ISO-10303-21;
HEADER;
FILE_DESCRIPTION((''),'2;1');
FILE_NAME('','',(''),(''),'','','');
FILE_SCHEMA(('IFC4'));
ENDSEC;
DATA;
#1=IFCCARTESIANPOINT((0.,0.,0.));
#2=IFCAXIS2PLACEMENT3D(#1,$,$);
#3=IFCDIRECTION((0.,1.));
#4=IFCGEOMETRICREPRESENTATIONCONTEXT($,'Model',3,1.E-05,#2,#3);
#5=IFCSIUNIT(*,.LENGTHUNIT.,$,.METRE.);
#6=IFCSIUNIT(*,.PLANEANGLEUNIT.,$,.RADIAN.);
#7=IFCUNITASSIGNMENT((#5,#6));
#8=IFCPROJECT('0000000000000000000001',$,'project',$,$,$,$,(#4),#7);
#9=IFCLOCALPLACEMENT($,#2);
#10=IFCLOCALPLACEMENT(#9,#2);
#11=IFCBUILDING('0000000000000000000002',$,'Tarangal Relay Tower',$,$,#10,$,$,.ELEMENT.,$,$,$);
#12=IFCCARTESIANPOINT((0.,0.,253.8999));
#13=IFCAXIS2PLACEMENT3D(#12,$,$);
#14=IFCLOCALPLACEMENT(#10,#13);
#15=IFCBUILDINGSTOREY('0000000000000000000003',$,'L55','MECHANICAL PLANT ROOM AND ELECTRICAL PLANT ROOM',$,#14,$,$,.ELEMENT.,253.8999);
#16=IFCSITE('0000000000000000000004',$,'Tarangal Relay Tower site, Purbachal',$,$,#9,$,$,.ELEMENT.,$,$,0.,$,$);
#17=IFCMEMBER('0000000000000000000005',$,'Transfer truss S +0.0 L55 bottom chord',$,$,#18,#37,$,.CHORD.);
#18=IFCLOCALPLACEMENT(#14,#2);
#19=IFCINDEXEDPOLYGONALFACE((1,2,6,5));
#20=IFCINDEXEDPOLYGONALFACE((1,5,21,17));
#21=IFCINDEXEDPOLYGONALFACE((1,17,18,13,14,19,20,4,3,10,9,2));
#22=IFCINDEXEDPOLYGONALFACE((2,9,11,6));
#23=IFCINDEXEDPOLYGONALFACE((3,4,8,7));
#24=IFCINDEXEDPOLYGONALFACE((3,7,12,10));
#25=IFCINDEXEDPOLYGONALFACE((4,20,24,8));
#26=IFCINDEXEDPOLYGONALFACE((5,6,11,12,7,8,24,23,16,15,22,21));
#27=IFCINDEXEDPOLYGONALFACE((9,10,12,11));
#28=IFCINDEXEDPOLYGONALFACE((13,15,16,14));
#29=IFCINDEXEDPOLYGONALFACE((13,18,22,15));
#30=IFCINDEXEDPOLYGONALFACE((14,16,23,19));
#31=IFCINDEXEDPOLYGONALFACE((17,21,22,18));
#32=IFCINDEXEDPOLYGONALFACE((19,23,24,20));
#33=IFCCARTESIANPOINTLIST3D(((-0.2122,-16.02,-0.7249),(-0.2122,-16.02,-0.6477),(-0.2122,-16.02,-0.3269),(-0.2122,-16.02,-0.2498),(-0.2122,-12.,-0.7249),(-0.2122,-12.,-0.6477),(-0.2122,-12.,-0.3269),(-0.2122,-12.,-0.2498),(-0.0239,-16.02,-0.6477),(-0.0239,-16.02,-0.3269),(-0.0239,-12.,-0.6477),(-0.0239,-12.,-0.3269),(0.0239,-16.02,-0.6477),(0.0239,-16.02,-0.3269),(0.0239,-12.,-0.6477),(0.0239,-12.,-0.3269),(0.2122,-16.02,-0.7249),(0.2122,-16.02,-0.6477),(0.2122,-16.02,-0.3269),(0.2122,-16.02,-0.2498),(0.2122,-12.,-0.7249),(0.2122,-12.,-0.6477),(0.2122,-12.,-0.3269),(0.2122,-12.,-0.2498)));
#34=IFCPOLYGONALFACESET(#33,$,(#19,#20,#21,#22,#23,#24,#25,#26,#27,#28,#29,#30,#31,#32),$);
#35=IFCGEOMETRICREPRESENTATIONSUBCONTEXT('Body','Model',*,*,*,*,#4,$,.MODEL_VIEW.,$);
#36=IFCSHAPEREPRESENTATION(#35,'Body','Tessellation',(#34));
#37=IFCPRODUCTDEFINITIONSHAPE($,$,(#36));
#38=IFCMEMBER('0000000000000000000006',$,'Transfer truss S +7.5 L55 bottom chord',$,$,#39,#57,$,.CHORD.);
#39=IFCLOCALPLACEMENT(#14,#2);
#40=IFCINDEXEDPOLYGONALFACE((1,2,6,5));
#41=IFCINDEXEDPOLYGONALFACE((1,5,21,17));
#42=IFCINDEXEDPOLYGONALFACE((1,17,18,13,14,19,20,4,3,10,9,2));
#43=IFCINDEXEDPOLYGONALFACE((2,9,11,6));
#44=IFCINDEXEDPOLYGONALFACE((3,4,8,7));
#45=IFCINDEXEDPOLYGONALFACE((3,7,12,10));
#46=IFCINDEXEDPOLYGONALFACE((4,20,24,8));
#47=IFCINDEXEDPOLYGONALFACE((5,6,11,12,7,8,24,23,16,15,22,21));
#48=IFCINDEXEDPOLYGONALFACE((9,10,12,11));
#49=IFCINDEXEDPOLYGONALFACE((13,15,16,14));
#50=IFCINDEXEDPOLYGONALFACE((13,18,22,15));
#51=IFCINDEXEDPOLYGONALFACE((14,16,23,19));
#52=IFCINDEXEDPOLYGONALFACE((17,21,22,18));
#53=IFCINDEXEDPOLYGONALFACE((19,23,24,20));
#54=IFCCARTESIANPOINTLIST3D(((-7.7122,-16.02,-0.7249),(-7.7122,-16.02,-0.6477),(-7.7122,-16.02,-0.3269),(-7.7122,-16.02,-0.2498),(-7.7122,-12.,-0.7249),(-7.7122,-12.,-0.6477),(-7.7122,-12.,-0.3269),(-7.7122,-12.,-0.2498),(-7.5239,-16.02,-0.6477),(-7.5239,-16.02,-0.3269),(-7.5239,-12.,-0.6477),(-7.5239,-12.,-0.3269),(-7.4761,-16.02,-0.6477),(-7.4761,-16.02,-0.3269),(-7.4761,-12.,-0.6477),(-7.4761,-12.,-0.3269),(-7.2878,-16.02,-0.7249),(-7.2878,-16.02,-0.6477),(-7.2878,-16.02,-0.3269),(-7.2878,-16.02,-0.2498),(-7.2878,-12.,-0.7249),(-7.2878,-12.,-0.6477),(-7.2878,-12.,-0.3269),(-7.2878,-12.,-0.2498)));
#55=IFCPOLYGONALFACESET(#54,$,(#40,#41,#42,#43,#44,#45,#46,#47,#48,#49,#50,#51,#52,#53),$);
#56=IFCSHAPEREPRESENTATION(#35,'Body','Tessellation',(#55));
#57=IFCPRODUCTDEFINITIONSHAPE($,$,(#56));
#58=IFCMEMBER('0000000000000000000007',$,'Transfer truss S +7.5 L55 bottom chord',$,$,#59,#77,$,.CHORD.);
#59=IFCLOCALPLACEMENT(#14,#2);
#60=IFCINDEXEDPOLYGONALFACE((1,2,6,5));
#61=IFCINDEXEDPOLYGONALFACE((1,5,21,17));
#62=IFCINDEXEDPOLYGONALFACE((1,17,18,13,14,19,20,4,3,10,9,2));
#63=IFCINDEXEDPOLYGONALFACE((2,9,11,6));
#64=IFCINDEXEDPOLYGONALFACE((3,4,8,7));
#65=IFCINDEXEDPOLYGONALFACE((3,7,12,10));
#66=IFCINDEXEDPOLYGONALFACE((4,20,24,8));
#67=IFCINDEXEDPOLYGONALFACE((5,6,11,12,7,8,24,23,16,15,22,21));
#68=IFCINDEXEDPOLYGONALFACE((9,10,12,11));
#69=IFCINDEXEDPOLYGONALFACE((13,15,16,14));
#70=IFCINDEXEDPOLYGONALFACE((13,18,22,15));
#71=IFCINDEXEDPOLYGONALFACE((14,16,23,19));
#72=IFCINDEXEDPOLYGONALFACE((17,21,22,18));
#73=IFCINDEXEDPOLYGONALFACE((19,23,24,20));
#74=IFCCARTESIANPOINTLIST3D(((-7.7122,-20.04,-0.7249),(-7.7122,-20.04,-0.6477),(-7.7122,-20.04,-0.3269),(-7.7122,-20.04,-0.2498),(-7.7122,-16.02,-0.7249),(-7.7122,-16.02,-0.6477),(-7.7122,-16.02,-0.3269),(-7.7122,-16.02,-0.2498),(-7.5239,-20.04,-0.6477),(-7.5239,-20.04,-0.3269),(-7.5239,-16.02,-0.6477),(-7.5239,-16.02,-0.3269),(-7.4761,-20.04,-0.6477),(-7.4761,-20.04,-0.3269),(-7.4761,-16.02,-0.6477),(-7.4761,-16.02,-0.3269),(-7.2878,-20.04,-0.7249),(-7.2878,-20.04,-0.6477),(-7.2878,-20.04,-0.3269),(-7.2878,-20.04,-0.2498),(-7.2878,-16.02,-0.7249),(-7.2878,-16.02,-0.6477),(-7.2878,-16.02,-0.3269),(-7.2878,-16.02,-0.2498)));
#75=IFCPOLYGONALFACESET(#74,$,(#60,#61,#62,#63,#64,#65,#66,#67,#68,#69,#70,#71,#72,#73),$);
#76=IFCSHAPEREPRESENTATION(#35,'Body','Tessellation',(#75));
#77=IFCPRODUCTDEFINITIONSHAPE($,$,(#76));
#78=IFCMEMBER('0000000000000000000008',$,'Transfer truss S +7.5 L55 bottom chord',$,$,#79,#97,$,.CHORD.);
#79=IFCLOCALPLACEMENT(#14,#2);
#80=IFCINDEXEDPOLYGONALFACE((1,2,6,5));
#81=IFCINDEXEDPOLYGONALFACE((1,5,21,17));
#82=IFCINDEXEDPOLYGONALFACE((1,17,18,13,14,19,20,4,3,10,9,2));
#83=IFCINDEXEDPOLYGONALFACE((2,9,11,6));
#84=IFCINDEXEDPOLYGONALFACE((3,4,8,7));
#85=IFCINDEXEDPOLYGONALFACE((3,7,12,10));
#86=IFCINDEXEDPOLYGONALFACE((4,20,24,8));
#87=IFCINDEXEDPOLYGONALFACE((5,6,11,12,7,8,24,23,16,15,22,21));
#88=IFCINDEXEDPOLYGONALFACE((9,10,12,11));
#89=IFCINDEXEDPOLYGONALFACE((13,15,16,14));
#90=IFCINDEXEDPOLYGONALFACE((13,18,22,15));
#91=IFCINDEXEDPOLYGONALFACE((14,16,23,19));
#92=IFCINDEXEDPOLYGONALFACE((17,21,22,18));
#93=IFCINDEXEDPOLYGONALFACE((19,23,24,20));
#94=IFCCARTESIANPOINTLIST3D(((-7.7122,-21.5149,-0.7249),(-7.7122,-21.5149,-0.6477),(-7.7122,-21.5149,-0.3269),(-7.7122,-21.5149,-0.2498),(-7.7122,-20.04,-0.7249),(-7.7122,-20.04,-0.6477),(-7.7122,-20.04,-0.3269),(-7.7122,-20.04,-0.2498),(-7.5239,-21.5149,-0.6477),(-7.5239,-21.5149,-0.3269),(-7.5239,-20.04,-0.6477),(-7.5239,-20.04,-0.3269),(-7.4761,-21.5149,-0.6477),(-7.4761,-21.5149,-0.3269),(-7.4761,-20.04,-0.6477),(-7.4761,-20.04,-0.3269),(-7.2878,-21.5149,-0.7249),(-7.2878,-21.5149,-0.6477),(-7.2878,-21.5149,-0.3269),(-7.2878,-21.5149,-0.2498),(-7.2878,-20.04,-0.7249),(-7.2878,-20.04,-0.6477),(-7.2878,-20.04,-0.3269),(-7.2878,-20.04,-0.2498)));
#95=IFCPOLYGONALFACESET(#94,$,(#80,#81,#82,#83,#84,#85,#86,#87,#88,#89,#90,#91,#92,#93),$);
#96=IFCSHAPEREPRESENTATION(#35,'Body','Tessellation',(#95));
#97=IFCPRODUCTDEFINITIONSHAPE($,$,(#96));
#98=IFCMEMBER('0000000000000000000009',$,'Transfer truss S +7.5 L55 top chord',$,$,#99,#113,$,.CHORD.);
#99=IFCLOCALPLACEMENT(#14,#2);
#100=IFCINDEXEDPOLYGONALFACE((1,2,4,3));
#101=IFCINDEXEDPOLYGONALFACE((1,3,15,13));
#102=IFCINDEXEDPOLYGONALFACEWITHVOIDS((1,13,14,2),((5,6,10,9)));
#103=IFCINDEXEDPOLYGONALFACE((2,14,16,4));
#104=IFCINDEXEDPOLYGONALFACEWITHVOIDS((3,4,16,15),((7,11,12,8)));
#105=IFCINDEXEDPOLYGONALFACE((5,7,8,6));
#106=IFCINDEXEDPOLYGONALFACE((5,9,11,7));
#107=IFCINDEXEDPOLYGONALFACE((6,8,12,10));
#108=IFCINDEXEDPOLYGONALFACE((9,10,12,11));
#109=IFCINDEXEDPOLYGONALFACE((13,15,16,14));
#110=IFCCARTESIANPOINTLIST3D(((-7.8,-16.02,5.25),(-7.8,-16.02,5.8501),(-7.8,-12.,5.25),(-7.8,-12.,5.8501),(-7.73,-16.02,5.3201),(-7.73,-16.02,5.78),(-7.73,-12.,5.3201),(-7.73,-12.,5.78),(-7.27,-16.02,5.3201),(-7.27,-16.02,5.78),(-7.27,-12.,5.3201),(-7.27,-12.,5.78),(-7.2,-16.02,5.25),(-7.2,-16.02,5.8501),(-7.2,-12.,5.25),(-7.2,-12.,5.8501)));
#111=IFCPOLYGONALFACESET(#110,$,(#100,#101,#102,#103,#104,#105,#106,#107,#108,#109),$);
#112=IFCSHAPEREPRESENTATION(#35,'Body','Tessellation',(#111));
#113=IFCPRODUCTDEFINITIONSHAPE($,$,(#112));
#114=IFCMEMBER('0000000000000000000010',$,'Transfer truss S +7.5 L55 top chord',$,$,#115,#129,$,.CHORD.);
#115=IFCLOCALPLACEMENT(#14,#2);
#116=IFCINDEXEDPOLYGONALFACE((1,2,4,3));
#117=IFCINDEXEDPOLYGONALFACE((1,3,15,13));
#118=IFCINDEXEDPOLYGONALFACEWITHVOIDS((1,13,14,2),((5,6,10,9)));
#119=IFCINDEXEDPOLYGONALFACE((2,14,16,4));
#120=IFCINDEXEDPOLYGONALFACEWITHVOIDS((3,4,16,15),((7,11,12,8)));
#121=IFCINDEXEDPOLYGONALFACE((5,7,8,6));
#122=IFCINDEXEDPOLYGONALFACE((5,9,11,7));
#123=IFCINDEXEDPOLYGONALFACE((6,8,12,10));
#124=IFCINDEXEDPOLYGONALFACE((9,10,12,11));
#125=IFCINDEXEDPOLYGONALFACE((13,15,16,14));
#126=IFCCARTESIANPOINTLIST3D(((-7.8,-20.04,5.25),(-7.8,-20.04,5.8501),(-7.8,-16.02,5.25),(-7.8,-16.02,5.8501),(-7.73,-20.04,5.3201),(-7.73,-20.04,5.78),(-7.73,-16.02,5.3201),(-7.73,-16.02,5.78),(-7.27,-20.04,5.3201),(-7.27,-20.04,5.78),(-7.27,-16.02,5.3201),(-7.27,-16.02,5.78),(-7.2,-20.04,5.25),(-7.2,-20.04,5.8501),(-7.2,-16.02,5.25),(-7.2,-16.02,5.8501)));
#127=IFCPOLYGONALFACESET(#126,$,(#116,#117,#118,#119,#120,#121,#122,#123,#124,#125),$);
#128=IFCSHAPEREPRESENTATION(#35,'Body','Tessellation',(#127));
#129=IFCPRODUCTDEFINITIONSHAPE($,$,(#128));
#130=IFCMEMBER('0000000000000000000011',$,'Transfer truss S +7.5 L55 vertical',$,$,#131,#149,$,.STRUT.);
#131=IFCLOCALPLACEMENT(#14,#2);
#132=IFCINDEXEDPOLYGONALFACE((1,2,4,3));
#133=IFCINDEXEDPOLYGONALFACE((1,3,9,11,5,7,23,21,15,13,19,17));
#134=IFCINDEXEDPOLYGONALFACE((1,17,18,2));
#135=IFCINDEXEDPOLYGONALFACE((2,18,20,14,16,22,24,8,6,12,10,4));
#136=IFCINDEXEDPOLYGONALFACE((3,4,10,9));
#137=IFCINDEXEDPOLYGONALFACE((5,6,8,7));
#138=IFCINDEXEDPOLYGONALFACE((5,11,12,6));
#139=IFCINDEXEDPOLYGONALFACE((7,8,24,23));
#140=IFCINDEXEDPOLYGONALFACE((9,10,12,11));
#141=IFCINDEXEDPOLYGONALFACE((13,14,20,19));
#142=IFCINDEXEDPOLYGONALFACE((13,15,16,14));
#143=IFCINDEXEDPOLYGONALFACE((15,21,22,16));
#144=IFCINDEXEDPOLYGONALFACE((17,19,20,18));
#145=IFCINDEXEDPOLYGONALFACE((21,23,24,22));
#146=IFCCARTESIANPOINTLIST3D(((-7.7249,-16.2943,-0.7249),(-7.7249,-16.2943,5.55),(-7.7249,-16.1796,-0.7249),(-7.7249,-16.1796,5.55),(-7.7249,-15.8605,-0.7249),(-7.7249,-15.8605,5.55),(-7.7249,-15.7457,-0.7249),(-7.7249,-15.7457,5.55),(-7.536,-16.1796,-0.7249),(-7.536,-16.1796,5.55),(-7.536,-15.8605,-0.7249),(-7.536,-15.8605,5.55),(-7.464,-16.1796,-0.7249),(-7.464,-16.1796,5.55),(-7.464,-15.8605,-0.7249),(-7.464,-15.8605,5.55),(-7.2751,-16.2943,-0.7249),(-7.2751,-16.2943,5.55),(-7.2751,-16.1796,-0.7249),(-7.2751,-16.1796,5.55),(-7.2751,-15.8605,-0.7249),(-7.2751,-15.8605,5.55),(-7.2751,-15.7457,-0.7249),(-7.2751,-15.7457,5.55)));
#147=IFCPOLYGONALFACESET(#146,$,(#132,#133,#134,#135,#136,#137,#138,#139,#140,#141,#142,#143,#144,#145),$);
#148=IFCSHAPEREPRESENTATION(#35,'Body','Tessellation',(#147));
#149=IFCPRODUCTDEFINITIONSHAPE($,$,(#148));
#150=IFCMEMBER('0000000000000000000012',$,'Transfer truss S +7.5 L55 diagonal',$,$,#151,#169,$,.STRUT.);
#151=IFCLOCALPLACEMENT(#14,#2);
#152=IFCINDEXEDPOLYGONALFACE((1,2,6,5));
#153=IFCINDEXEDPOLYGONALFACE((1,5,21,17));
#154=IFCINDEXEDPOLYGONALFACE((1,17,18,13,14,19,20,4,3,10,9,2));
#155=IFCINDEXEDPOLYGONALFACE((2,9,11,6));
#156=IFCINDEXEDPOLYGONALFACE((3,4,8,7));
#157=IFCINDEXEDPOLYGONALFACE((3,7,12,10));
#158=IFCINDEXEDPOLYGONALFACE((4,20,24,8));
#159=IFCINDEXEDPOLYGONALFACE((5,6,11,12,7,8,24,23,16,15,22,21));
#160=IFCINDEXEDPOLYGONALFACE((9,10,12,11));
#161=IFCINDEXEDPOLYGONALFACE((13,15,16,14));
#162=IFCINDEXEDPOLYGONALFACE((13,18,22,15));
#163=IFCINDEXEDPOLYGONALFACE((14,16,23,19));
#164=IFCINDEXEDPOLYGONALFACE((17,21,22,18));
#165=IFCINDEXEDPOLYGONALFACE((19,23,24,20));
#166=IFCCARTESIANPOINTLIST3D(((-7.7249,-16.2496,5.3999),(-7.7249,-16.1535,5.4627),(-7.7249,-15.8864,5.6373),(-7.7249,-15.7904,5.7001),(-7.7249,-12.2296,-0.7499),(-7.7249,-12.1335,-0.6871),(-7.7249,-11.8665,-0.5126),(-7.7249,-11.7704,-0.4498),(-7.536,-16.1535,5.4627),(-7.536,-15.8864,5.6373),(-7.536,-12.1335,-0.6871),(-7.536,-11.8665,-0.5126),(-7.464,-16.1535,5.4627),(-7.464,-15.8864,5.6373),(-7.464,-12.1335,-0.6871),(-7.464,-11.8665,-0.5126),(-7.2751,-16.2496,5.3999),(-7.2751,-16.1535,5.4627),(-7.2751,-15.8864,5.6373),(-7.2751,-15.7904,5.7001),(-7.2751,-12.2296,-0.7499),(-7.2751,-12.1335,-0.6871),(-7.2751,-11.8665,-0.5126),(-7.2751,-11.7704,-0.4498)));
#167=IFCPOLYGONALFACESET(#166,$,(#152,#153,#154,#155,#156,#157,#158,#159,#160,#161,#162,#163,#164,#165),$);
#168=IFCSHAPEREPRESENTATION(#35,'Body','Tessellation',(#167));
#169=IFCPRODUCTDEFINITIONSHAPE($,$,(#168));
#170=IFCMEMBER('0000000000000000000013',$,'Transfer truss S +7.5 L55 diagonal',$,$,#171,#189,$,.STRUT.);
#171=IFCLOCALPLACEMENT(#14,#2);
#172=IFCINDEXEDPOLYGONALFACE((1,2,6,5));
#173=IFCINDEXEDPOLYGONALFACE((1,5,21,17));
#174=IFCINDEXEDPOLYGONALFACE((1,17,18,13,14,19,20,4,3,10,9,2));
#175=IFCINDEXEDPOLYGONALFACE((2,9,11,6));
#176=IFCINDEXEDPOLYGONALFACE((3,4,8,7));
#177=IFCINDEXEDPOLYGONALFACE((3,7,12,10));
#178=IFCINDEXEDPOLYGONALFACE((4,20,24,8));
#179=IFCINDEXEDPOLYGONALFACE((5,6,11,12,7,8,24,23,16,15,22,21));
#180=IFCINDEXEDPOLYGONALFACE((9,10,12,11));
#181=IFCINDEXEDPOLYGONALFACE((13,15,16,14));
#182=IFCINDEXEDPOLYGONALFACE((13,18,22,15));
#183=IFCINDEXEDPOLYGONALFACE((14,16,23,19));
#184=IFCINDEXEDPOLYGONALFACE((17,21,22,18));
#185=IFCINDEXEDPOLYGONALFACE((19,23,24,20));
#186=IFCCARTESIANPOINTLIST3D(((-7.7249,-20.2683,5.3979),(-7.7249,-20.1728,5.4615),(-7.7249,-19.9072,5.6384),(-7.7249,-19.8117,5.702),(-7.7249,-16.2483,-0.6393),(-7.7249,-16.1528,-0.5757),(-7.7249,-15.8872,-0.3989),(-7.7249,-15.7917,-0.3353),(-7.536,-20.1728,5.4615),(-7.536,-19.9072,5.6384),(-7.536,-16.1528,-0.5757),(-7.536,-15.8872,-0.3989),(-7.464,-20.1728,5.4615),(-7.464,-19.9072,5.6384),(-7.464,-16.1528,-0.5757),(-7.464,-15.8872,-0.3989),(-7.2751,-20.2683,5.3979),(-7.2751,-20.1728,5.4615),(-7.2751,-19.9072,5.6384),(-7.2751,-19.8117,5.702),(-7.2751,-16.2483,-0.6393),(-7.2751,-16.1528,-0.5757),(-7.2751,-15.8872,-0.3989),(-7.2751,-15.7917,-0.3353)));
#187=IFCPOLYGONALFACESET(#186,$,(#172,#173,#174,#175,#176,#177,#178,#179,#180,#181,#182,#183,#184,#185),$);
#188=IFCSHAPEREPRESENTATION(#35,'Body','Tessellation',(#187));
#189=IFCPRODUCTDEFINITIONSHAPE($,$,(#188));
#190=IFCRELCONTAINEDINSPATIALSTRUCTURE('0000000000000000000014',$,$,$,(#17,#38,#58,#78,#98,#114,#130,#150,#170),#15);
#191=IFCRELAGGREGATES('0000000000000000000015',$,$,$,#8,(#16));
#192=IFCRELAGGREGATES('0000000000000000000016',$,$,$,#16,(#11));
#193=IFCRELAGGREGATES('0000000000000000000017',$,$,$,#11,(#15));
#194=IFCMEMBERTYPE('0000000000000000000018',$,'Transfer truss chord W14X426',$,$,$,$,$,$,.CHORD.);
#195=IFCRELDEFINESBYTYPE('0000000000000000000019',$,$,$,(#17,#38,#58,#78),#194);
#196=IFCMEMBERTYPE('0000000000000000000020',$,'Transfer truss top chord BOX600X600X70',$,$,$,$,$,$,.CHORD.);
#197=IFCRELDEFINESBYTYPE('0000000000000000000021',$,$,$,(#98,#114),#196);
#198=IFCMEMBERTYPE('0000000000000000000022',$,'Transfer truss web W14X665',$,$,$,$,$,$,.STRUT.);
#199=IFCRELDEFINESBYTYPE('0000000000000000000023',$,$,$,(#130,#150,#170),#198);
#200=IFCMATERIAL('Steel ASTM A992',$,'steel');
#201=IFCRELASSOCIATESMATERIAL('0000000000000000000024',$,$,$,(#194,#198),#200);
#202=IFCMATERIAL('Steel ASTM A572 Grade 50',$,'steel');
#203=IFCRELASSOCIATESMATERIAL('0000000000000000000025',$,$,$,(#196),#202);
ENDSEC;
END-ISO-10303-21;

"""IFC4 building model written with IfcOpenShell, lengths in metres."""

from ifc_helpers import new_model, si_unit, direction, frame, origin, origin_2d, place, context, subcontext, project, spatial, hollow_rectangle, i_section, extrude, material, material_profile, profile_set, type_object, element, save


model = new_model("IFC4")

# Units and contexts
model_context = context("Model", 3, precision=1e-05, world=origin(), true_north=direction((0.0, 1.0)))
body_context = subcontext(model_context, "Body", "Model", "MODEL_VIEW")
ifc_project = project(units=[si_unit("LENGTHUNIT", "METRE"), si_unit("PLANEANGLEUNIT", "RADIAN")], contexts=[model_context])

# Site, building, storey
site_placement = place(None, origin())
site = spatial("IfcSite", under=ifc_project, at=site_placement, Name="Tarangal Relay Tower site, Purbachal", CompositionType="ELEMENT", RefElevation=0.0)
building_placement = place(site_placement, origin())
building = spatial("IfcBuilding", under=site, at=building_placement, Name="Tarangal Relay Tower", CompositionType="ELEMENT")
storey_placement = place(building_placement, frame((0.0, 0.0, 253.8999)))
storey = spatial("IfcBuildingStorey", under=building, at=storey_placement, Name="L55", Description="MECHANICAL PLANT ROOM AND ELECTRICAL PLANT ROOM", CompositionType="ELEMENT", Elevation=253.8999)

# Shared definitions
ifc_material_1 = material(Name="Steel ASTM A572 Grade 50", Category="steel")

# Shared definitions
ifc_material_2 = material(Name="Steel ASTM A992", Category="steel")

# Members
ifc_material_profile_1 = material_profile(ifc_material_2, i_section(OverallWidth=0.4243, OverallDepth=0.4751, WebThickness=0.0479, FlangeThickness=0.0771, at=origin_2d()), Name="W14X426")
ifc_profile_set_1 = profile_set([ifc_material_profile_1], Name="Steel ASTM A992")
member_type_1 = type_object("IfcMemberType", Name="Transfer truss chord W14X426", PredefinedType="CHORD", material=ifc_profile_set_1)
for number, where, z_axis, x_axis, name in (
    (1, (0.0, -12.0, -0.4873), (0.0, -1.0, 0.0), (1.0, 0.0, 0.0), "Transfer truss S +0.0 L55 bottom chord"),
    (2, (-7.5, -12.0, -0.4873), (0.0, -1.0, 0.0), (1.0, 0.0, 0.0), "Transfer truss S +7.5 L55 bottom chord"),
    (3, (-7.5, -16.02, -0.4873), (0.0, -1.0, 0.0), (1.0, 0.0, 0.0), "Transfer truss S +7.5 L55 bottom chord"),
):
    element("IfcMember", number, at=place(storey_placement, frame(where, z_axis=z_axis, x_axis=x_axis)), inside=storey, type_object=member_type_1, Name=name, PredefinedType="CHORD", context=body_context, shape_type="SweptSolid", body=[
        extrude(i_section(OverallWidth=0.4243, OverallDepth=0.4751, WebThickness=0.0479, FlangeThickness=0.0771, at=origin_2d()), origin(), (0.0, 0.0, 1.0), 4.02),
    ])
member_1_placement = place(storey_placement, frame((-7.5, -20.04, -0.4873), z_axis=(0.0, -1.0, 0.0), x_axis=(1.0, 0.0, 0.0)))
element("IfcMember", 4, at=member_1_placement, inside=storey, type_object=member_type_1, Name="Transfer truss S +7.5 L55 bottom chord", PredefinedType="CHORD", context=body_context, shape_type="SweptSolid", body=[
    extrude(i_section(OverallWidth=0.4243, OverallDepth=0.4751, WebThickness=0.0479, FlangeThickness=0.0771, at=origin_2d()), origin(), (0.0, 0.0, 1.0), 1.4749),
])
ifc_material_profile_2 = material_profile(ifc_material_1, hollow_rectangle(XDim=0.6001, YDim=0.6001, WallThickness=0.0701, at=origin_2d()), Name="BOX600X600X70")
ifc_profile_set_2 = profile_set([ifc_material_profile_2], Name="Steel ASTM A572 Grade 50")
member_type_2 = type_object("IfcMemberType", Name="Transfer truss top chord BOX600X600X70", PredefinedType="CHORD", material=ifc_profile_set_2)
for number, where, z_axis, x_axis, name in (
    (5, (-7.5, -12.0, 5.55), (0.0, -1.0, 0.0), (1.0, 0.0, 0.0), "Transfer truss S +7.5 L55 top chord"),
    (6, (-7.5, -16.02, 5.55), (0.0, -1.0, 0.0), (1.0, 0.0, 0.0), "Transfer truss S +7.5 L55 top chord"),
):
    element("IfcMember", number, at=place(storey_placement, frame(where, z_axis=z_axis, x_axis=x_axis)), inside=storey, type_object=member_type_2, Name=name, PredefinedType="CHORD", context=body_context, shape_type="SweptSolid", body=[
        extrude(hollow_rectangle(XDim=0.6001, YDim=0.6001, WallThickness=0.0701, at=origin_2d()), origin(), (0.0, 0.0, 1.0), 4.02),
    ])
ifc_material_profile_3 = material_profile(ifc_material_2, i_section(OverallWidth=0.4497, OverallDepth=0.5486, WebThickness=0.072, FlangeThickness=0.1147, at=origin_2d()), Name="W14X665")
ifc_profile_set_3 = profile_set([ifc_material_profile_3], Name="Steel ASTM A992")
member_type_3 = type_object("IfcMemberType", Name="Transfer truss web W14X665", PredefinedType="STRUT", material=ifc_profile_set_3)
member_2_placement = place(storey_placement, frame((-7.5, -16.02, -0.7249), z_axis=(0.0, 0.0, 1.0), x_axis=(1.0, 0.0, 0.0)))
element("IfcMember", 7, at=member_2_placement, inside=storey, type_object=member_type_3, Name="Transfer truss S +7.5 L55 vertical", PredefinedType="STRUT", context=body_context, shape_type="SweptSolid", body=[
    extrude(i_section(OverallWidth=0.4497, OverallDepth=0.5486, WebThickness=0.072, FlangeThickness=0.1147, at=origin_2d()), origin(), (0.0, 0.0, 1.0), 6.2749),
])
member_3_placement = place(storey_placement, frame((-7.5, -12.0, -0.5999), z_axis=(0.0, -0.547147, 0.837036), x_axis=(1.0, 0.0, 0.0)))
element("IfcMember", 8, at=member_3_placement, inside=storey, type_object=member_type_3, Name="Transfer truss S +7.5 L55 diagonal", PredefinedType="STRUT", context=body_context, shape_type="SweptSolid", body=[
    extrude(i_section(OverallWidth=0.4497, OverallDepth=0.5486, WebThickness=0.072, FlangeThickness=0.1147, at=origin_2d()), origin(), (0.0, 0.0, 1.0), 7.3472),
])
member_4_placement = place(storey_placement, frame((-7.5, -16.02, -0.4873), z_axis=(0.0, -0.554234, 0.832361), x_axis=(1.0, 0.0, 0.0)))
element("IfcMember", 9, at=member_4_placement, inside=storey, type_object=member_type_3, Name="Transfer truss S +7.5 L55 diagonal", PredefinedType="STRUT", context=body_context, shape_type="SweptSolid", body=[
    extrude(i_section(OverallWidth=0.4497, OverallDepth=0.5486, WebThickness=0.072, FlangeThickness=0.1147, at=origin_2d()), origin(), (0.0, 0.0, 1.0), 7.2532),
])

save(model, "model.ifc")
